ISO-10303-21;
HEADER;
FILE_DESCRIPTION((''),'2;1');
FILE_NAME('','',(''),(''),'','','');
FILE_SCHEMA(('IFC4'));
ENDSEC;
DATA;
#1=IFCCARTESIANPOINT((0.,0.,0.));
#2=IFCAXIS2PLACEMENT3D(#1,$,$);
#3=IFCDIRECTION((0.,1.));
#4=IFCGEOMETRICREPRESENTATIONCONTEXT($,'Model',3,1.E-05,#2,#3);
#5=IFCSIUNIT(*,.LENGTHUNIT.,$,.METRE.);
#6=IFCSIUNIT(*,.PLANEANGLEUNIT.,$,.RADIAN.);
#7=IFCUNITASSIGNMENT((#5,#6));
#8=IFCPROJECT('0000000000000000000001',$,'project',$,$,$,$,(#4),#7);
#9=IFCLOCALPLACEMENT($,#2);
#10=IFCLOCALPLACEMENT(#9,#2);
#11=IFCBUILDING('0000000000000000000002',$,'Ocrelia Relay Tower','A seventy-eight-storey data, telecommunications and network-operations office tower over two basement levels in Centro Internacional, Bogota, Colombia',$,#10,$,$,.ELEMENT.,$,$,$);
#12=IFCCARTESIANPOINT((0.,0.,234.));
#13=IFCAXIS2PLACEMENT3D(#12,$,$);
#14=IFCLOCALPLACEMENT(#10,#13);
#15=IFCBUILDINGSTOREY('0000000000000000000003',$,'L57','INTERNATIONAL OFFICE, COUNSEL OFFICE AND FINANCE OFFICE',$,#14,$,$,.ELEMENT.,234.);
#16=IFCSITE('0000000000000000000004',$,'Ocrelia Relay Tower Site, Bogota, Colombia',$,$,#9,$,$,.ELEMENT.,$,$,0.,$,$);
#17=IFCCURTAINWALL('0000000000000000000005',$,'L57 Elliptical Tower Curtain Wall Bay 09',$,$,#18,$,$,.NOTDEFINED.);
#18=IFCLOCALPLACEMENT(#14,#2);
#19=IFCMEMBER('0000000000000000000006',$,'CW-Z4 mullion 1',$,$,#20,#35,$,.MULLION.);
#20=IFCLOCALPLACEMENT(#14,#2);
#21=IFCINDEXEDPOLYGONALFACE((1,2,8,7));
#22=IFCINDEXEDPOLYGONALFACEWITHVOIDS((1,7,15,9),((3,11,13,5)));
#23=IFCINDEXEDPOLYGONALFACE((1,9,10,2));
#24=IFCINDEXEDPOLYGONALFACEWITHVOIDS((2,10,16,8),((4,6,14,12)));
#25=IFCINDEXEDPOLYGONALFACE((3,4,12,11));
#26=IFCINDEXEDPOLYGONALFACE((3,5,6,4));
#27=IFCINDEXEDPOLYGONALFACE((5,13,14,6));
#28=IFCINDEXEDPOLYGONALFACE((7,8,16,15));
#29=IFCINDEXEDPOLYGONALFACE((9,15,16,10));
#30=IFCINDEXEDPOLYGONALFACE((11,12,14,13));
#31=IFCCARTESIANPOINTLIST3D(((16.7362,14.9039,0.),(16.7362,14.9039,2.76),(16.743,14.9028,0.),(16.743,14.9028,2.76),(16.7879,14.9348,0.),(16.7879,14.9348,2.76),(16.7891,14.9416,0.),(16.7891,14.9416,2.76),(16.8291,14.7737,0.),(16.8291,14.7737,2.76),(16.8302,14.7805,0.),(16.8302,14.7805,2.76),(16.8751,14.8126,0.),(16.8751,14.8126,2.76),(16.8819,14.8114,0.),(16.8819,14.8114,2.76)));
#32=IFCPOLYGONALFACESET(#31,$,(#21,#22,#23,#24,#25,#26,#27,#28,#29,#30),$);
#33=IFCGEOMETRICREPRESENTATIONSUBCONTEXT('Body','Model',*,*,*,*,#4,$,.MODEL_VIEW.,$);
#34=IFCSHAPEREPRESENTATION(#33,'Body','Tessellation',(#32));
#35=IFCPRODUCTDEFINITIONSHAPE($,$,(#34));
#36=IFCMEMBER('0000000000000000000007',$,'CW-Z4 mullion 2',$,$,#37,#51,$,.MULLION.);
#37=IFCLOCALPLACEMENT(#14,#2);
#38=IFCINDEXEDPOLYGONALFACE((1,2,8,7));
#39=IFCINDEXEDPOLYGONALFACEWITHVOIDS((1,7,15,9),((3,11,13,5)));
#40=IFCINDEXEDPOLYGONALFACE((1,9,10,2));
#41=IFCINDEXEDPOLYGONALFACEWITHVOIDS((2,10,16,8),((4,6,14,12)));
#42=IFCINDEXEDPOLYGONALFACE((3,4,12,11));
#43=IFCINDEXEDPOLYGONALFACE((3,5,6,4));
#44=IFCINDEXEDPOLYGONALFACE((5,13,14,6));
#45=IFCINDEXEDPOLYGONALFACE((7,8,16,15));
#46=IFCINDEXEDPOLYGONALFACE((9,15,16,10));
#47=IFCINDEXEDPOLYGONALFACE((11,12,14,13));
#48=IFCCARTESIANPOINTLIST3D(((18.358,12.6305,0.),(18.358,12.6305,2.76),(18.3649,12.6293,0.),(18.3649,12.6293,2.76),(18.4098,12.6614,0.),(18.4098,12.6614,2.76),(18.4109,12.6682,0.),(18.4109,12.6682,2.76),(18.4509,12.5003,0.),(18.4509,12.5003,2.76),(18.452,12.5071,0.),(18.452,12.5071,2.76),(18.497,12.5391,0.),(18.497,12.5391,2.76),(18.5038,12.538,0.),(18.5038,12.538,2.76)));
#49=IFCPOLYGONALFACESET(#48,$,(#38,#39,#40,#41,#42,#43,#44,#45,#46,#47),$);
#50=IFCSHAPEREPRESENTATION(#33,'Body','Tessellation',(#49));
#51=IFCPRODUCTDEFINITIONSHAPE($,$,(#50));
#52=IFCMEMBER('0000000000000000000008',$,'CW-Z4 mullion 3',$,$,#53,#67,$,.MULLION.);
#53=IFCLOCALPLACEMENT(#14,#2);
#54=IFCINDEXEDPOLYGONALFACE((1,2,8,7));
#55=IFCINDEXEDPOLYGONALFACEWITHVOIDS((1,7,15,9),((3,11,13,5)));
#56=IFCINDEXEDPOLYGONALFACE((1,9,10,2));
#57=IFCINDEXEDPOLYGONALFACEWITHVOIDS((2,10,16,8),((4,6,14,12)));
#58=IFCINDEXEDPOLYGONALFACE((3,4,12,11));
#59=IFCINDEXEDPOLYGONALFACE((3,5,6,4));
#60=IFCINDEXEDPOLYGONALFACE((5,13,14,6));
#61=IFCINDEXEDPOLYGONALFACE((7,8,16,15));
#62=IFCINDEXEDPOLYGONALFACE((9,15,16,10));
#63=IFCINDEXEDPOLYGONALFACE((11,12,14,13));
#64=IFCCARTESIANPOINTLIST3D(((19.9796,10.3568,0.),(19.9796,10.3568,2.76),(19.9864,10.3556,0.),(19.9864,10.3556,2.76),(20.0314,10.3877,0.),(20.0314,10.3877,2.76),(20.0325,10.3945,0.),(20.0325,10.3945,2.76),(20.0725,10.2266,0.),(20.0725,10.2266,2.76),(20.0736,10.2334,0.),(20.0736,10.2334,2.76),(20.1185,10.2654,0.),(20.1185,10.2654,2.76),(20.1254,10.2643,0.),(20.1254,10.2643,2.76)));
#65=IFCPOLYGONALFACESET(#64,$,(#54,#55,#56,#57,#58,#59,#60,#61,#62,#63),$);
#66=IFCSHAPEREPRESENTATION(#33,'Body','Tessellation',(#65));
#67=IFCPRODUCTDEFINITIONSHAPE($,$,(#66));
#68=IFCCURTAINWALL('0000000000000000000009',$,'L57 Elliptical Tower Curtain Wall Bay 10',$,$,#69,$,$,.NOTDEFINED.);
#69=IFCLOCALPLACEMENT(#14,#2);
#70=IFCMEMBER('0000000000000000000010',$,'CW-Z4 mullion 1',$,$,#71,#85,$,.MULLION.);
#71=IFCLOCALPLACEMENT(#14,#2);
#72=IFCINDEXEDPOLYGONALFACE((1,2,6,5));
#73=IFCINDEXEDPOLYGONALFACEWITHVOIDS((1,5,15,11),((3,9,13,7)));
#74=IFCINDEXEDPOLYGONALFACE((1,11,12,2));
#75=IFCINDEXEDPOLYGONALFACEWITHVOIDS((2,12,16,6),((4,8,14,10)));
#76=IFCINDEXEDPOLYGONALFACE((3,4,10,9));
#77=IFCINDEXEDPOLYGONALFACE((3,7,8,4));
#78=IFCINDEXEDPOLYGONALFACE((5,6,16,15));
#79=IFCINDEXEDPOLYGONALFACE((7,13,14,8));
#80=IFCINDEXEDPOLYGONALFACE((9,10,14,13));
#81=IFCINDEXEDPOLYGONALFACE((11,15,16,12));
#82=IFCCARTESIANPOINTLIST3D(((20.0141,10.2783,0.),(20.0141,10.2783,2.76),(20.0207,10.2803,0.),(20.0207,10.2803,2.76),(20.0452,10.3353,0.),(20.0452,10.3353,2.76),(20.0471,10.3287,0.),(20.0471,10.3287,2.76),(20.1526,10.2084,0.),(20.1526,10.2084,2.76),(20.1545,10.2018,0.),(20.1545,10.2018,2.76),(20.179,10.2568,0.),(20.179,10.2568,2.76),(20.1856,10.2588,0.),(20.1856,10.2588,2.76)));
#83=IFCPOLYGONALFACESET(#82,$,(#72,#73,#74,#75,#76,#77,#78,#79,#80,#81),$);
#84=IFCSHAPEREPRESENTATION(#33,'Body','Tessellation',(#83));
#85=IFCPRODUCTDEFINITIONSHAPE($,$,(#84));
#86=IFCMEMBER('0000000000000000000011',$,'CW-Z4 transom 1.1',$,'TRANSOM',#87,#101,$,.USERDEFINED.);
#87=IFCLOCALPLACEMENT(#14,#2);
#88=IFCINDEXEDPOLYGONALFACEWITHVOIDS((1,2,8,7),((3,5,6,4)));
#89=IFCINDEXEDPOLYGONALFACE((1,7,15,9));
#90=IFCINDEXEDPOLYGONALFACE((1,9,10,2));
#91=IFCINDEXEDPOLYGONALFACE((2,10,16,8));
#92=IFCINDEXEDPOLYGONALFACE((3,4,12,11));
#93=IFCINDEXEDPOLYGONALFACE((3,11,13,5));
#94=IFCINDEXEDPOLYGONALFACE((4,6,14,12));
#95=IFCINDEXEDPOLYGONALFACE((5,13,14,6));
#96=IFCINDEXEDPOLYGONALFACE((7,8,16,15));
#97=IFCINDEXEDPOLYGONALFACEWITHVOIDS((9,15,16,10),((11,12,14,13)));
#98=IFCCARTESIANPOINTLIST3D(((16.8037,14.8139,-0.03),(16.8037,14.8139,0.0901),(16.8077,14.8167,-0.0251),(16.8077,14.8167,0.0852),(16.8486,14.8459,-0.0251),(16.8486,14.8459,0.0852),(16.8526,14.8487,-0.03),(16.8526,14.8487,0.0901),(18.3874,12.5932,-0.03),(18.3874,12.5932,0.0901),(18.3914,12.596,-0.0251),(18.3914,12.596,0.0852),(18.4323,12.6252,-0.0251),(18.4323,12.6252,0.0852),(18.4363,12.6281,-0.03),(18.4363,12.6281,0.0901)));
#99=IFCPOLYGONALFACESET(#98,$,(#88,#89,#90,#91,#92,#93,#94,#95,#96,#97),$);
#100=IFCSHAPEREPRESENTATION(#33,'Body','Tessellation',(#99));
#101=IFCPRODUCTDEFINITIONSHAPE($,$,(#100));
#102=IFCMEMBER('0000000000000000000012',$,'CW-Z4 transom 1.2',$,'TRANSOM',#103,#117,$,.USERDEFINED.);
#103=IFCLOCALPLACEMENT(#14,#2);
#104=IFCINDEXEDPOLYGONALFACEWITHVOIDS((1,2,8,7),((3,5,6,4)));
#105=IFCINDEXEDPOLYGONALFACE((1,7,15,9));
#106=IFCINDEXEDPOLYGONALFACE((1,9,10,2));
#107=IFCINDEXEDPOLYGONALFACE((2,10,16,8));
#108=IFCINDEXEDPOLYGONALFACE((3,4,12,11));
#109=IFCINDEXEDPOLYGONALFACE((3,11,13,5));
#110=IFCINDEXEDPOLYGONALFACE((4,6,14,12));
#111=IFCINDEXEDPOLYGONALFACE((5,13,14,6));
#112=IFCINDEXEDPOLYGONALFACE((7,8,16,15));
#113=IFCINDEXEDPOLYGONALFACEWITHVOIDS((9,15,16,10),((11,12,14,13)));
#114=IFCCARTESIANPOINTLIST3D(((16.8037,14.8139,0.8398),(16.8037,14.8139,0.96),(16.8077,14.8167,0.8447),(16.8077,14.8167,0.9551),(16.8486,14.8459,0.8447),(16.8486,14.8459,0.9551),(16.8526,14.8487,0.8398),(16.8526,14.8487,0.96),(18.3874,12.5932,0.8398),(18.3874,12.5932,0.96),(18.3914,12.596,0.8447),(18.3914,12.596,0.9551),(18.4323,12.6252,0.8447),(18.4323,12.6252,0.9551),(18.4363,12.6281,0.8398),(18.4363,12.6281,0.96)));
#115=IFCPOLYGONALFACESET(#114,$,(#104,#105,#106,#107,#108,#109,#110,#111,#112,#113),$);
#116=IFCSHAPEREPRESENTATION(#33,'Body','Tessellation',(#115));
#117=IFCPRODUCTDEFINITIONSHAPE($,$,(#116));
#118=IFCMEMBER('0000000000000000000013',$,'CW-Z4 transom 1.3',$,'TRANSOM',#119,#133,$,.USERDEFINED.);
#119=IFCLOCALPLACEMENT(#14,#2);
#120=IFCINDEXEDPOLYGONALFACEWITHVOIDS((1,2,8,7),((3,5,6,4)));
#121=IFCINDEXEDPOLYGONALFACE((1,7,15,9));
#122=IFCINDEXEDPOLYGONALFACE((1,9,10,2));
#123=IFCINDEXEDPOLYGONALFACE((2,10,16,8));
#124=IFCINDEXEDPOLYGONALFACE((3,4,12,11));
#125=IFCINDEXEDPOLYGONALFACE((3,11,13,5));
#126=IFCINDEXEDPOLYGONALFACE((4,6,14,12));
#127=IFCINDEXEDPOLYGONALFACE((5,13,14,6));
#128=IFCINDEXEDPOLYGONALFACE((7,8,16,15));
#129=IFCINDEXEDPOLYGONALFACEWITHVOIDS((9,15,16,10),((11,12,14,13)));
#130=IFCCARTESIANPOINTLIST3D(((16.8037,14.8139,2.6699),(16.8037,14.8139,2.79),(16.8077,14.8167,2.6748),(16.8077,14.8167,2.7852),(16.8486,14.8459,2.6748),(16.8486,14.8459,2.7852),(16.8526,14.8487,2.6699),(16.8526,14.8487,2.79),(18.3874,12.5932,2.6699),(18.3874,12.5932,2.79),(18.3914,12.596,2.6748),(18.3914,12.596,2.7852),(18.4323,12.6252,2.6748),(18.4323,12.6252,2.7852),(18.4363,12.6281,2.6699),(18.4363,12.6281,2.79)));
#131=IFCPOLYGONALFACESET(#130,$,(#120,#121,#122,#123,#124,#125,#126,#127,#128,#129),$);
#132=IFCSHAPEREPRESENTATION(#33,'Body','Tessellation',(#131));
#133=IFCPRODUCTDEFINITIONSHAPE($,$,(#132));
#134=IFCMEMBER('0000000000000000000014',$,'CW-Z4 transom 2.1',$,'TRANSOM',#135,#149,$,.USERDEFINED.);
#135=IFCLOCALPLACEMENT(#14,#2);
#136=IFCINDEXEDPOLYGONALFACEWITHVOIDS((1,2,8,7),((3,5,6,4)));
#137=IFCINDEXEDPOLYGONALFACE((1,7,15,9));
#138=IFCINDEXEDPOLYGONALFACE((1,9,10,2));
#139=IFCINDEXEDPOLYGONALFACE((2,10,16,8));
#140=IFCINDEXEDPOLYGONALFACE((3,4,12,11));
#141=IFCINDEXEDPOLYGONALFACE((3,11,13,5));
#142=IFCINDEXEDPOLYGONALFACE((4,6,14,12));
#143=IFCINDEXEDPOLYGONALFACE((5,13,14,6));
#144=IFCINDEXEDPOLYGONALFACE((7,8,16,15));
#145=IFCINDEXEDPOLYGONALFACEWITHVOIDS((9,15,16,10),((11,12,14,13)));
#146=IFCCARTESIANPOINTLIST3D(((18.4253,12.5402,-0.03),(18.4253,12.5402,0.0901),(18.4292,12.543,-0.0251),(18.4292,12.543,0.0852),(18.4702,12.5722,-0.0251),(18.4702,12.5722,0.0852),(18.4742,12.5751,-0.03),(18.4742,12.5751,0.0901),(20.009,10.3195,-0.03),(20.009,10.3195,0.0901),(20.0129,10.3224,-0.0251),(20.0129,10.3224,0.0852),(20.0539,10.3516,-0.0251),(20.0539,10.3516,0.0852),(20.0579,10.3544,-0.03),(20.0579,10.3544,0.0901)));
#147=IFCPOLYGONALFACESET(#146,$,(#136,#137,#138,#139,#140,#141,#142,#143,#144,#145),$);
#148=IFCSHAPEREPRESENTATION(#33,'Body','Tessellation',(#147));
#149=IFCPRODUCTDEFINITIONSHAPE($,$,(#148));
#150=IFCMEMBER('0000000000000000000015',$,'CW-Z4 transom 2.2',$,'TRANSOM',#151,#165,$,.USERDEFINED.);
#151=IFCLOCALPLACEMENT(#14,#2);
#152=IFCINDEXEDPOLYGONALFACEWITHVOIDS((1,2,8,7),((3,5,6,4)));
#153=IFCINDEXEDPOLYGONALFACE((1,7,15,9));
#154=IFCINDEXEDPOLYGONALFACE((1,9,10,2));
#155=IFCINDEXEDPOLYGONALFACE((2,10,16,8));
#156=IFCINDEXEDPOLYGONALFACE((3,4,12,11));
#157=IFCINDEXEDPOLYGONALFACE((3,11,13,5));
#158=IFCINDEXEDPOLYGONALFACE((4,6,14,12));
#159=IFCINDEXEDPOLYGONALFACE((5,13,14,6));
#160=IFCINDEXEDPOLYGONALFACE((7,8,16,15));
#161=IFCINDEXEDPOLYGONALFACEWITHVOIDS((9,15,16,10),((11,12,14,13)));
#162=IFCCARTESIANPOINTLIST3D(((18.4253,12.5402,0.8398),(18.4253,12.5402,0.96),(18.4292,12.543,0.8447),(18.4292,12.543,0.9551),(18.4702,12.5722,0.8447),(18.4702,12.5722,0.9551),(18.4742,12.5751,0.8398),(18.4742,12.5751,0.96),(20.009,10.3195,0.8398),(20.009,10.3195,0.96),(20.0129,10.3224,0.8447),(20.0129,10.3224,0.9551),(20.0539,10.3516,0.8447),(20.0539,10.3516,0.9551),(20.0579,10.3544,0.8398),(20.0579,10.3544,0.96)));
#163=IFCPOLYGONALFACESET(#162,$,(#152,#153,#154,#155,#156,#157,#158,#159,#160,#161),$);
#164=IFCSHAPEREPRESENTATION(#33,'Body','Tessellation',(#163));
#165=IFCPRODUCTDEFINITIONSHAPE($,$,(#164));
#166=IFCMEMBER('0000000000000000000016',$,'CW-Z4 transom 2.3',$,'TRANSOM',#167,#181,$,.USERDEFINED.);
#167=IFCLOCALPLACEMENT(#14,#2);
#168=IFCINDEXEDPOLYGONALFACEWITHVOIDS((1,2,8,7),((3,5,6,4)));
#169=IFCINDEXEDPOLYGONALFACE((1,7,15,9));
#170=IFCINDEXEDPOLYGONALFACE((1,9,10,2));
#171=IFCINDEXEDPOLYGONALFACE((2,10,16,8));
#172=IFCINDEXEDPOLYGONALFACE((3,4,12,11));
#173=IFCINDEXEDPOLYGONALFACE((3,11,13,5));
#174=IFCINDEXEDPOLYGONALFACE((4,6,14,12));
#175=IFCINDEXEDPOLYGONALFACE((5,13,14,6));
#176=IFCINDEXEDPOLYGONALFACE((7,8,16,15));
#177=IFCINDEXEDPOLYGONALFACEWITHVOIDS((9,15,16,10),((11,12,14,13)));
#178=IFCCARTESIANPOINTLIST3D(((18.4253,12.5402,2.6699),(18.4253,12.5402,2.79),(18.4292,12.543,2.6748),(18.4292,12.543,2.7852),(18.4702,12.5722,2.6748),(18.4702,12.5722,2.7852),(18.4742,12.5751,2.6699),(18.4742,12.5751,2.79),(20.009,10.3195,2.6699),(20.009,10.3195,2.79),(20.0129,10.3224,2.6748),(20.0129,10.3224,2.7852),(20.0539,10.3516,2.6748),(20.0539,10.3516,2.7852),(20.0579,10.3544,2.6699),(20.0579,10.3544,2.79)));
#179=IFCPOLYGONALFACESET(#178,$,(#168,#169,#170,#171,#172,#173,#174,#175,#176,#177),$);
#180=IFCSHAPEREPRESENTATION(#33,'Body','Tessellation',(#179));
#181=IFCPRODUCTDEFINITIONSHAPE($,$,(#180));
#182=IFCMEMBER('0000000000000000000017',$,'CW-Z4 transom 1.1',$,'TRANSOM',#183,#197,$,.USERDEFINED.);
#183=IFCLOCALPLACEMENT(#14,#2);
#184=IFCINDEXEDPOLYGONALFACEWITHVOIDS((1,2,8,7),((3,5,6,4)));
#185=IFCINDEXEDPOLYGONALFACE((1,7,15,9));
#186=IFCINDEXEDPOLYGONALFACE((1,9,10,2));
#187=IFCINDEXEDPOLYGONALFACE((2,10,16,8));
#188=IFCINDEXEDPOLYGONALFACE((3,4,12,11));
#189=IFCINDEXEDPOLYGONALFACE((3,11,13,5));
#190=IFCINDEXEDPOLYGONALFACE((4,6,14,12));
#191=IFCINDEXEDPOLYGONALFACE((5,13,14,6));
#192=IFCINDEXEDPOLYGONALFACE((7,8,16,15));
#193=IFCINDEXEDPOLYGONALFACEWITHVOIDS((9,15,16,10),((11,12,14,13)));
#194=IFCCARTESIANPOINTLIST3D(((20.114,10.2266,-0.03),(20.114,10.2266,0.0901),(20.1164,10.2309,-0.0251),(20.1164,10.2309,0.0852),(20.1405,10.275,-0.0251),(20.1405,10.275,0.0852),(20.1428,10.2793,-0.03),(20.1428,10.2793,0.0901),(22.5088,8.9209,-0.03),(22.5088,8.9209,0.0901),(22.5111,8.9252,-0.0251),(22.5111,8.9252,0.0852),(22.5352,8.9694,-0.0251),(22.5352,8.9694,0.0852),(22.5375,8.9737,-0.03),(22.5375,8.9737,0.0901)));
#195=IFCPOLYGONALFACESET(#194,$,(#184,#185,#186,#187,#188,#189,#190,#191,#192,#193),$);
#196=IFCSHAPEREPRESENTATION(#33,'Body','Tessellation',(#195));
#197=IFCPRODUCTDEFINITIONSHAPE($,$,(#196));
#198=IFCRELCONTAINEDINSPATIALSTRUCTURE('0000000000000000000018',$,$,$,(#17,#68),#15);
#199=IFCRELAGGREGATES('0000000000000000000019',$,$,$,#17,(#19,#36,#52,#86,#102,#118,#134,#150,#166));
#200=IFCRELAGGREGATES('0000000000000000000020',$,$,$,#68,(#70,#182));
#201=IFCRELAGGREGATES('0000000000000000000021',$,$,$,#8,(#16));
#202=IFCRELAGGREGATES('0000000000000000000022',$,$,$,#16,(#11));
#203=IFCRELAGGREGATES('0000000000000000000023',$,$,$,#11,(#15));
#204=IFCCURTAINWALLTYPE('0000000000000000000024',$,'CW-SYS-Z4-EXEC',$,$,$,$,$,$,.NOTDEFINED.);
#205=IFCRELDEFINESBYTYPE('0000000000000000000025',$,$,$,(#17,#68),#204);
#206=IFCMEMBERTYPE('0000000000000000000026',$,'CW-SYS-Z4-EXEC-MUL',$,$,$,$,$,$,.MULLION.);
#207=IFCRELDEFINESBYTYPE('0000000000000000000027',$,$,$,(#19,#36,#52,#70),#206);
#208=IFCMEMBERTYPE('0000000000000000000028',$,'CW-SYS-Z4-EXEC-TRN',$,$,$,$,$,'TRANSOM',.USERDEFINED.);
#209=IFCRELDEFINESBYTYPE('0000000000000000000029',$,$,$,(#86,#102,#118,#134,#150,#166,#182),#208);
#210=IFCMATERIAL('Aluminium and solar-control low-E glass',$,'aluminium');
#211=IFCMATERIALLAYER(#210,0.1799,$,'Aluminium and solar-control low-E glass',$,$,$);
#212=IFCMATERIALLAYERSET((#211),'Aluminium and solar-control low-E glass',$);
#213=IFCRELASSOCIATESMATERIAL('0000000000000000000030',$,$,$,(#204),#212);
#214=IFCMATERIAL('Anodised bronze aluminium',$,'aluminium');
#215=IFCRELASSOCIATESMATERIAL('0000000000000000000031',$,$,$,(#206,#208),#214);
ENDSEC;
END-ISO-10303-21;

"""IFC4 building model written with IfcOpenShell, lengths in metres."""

from ifc_helpers import new_model, si_unit, direction, frame, origin, origin_2d, place, context, subcontext, project, spatial, hollow_rectangle, extrude, material, layer, layer_set, material_profile, profile_set, type_object, element, aggregate, save


model = new_model("IFC4")

# Units and contexts
model_context = context("Model", 3, precision=1e-05, world=origin(), true_north=direction((0.0, 1.0)))
body_context = subcontext(model_context, "Body", "Model", "MODEL_VIEW")
ifc_project = project(units=[si_unit("LENGTHUNIT", "METRE"), si_unit("PLANEANGLEUNIT", "RADIAN")], contexts=[model_context])

# Site, building, storey
site_placement = place(None, origin())
site = spatial("IfcSite", under=ifc_project, at=site_placement, Name="Ocrelia Relay Tower Site, Bogota, Colombia", CompositionType="ELEMENT", RefElevation=0.0)
building_placement = place(site_placement, origin())
building = spatial("IfcBuilding", under=site, at=building_placement, Name="Ocrelia Relay Tower", Description="A seventy-eight-storey data, telecommunications and network-operations office tower over two basement levels in Centro Internacional, Bogota, Colombia", CompositionType="ELEMENT")
storey_placement = place(building_placement, frame((0.0, 0.0, 234.0)))
storey = spatial("IfcBuildingStorey", under=building, at=storey_placement, Name="L57", Description="INTERNATIONAL OFFICE, COUNSEL OFFICE AND FINANCE OFFICE", CompositionType="ELEMENT", Elevation=234.0)

# Curtain wall, members
ifc_material_1 = material(Name="Aluminium and solar-control low-E glass", Category="aluminium")
ifc_layer_1 = layer(ifc_material_1, 0.1799, Name="Aluminium and solar-control low-E glass")
ifc_layer_set_1 = layer_set([ifc_layer_1], Name="Aluminium and solar-control low-E glass")
curtain_wall_type = type_object("IfcCurtainWallType", Name="CW-SYS-Z4-EXEC", PredefinedType="NOTDEFINED", material=ifc_layer_set_1)
curtain_wall_1_placement = place(storey_placement, origin())
curtain_wall_1 = element("IfcCurtainWall", 1, at=curtain_wall_1_placement, inside=storey, type_object=curtain_wall_type, Name="L57 Elliptical Tower Curtain Wall Bay 09", PredefinedType="NOTDEFINED")
ifc_material_2 = material(Name="Anodised bronze aluminium", Category="aluminium")
ifc_material_profile_1 = material_profile(ifc_material_2, hollow_rectangle(XDim=0.0649, YDim=0.1599, WallThickness=0.0049, at=origin_2d()), Name="CW-MUL-160x65")
ifc_profile_set_1 = profile_set([ifc_material_profile_1], Name="Anodised bronze aluminium")
member_type_1 = type_object("IfcMemberType", Name="CW-SYS-Z4-EXEC-MUL", PredefinedType="MULLION", material=ifc_profile_set_1)
member_1_placement = place(storey_placement, frame((16.8091, 14.8577, 0.0), z_axis=(0.0, 0.0, 1.0), x_axis=(0.814134, 0.580677, 0.0)))
member_1 = element("IfcMember", 2, at=member_1_placement, type_object=member_type_1, Name="CW-Z4 mullion 1", PredefinedType="MULLION", context=body_context, shape_type="SweptSolid", body=[
    extrude(hollow_rectangle(XDim=0.0649, YDim=0.1599, WallThickness=0.0049, at=origin_2d()), origin(), (0.0, 0.0, 1.0), 2.76),
])
member_2_placement = place(storey_placement, frame((18.4309, 12.5842, 0.0), z_axis=(0.0, 0.0, 1.0), x_axis=(0.814134, 0.580677, 0.0)))
member_2 = element("IfcMember", 3, at=member_2_placement, type_object=member_type_1, Name="CW-Z4 mullion 2", PredefinedType="MULLION", context=body_context, shape_type="SweptSolid", body=[
    extrude(hollow_rectangle(XDim=0.0649, YDim=0.1599, WallThickness=0.0049, at=origin_2d()), origin(), (0.0, 0.0, 1.0), 2.76),
])
member_3_placement = place(storey_placement, frame((20.0525, 10.3105, 0.0), z_axis=(0.0, 0.0, 1.0), x_axis=(0.814134, 0.580677, 0.0)))
member_3 = element("IfcMember", 4, at=member_3_placement, type_object=member_type_1, Name="CW-Z4 mullion 3", PredefinedType="MULLION", context=body_context, shape_type="SweptSolid", body=[
    extrude(hollow_rectangle(XDim=0.0649, YDim=0.1599, WallThickness=0.0049, at=origin_2d()), origin(), (0.0, 0.0, 1.0), 2.76),
])

# Curtain wall, member
curtain_wall_2_placement = place(storey_placement, origin())
curtain_wall_2 = element("IfcCurtainWall", 5, at=curtain_wall_2_placement, inside=storey, type_object=curtain_wall_type, Name="L57 Elliptical Tower Curtain Wall Bay 10", PredefinedType="NOTDEFINED")
member_4_placement = place(storey_placement, frame((20.0999, 10.2686, 0.0), z_axis=(0.0, 0.0, 1.0), x_axis=(0.478669, 0.877996, 0.0)))
member_4 = element("IfcMember", 6, at=member_4_placement, type_object=member_type_1, Name="CW-Z4 mullion 1", PredefinedType="MULLION", context=body_context, shape_type="SweptSolid", body=[
    extrude(hollow_rectangle(XDim=0.0649, YDim=0.1599, WallThickness=0.0049, at=origin_2d()), origin(), (0.0, 0.0, 1.0), 2.76),
])

# Members
ifc_material_profile_2 = material_profile(ifc_material_2, hollow_rectangle(XDim=0.0601, YDim=0.1201, WallThickness=0.0049, at=origin_2d()), Name="CW-TRN-120x60")
ifc_profile_set_2 = profile_set([ifc_material_profile_2], Name="Anodised bronze aluminium")
member_type_2 = type_object("IfcMemberType", Name="CW-SYS-Z4-EXEC-TRN", ElementType="TRANSOM", PredefinedType="USERDEFINED", material=ifc_profile_set_2)
member_5_placement = place(storey_placement, frame((16.8281, 14.8313, 0.03), z_axis=(0.580637, -0.814163, 0.0), x_axis=(0.814163, 0.580637, 0.0)))
member_5 = element("IfcMember", 7, at=member_5_placement, type_object=member_type_2, Name="CW-Z4 transom 1.1", ObjectType="TRANSOM", PredefinedType="USERDEFINED", context=body_context, shape_type="SweptSolid", body=[
    extrude(hollow_rectangle(XDim=0.0601, YDim=0.1201, WallThickness=0.0049, at=origin_2d()), origin(), (0.0, 0.0, 1.0), 2.7275),
])
member_6_placement = place(storey_placement, frame((16.8281, 14.8313, 0.8999), z_axis=(0.580637, -0.814163, 0.0), x_axis=(0.814163, 0.580637, 0.0)))
member_6 = element("IfcMember", 8, at=member_6_placement, type_object=member_type_2, Name="CW-Z4 transom 1.2", ObjectType="TRANSOM", PredefinedType="USERDEFINED", context=body_context, shape_type="SweptSolid", body=[
    extrude(hollow_rectangle(XDim=0.0601, YDim=0.1201, WallThickness=0.0049, at=origin_2d()), origin(), (0.0, 0.0, 1.0), 2.7275),
])
member_7_placement = place(storey_placement, frame((16.8281, 14.8313, 2.73), z_axis=(0.580637, -0.814163, 0.0), x_axis=(0.814163, 0.580637, 0.0)))
member_7 = element("IfcMember", 9, at=member_7_placement, type_object=member_type_2, Name="CW-Z4 transom 1.3", ObjectType="TRANSOM", PredefinedType="USERDEFINED", context=body_context, shape_type="SweptSolid", body=[
    extrude(hollow_rectangle(XDim=0.0601, YDim=0.1201, WallThickness=0.0049, at=origin_2d()), origin(), (0.0, 0.0, 1.0), 2.7275),
])
member_8_placement = place(storey_placement, frame((18.4497, 12.5576, 0.03), z_axis=(0.580637, -0.814163, 0.0), x_axis=(0.814163, 0.580637, 0.0)))
member_8 = element("IfcMember", 10, at=member_8_placement, type_object=member_type_2, Name="CW-Z4 transom 2.1", ObjectType="TRANSOM", PredefinedType="USERDEFINED", context=body_context, shape_type="SweptSolid", body=[
    extrude(hollow_rectangle(XDim=0.0601, YDim=0.1201, WallThickness=0.0049, at=origin_2d()), origin(), (0.0, 0.0, 1.0), 2.7275),
])
member_9_placement = place(storey_placement, frame((18.4497, 12.5576, 0.8999), z_axis=(0.580637, -0.814163, 0.0), x_axis=(0.814163, 0.580637, 0.0)))
member_9 = element("IfcMember", 11, at=member_9_placement, type_object=member_type_2, Name="CW-Z4 transom 2.2", ObjectType="TRANSOM", PredefinedType="USERDEFINED", context=body_context, shape_type="SweptSolid", body=[
    extrude(hollow_rectangle(XDim=0.0601, YDim=0.1201, WallThickness=0.0049, at=origin_2d()), origin(), (0.0, 0.0, 1.0), 2.7275),
])
member_10_placement = place(storey_placement, frame((18.4497, 12.5576, 2.73), z_axis=(0.580637, -0.814163, 0.0), x_axis=(0.814163, 0.580637, 0.0)))
member_10 = element("IfcMember", 12, at=member_10_placement, type_object=member_type_2, Name="CW-Z4 transom 2.3", ObjectType="TRANSOM", PredefinedType="USERDEFINED", context=body_context, shape_type="SweptSolid", body=[
    extrude(hollow_rectangle(XDim=0.0601, YDim=0.1201, WallThickness=0.0049, at=origin_2d()), origin(), (0.0, 0.0, 1.0), 2.7275),
])
member_11_placement = place(storey_placement, frame((20.1284, 10.2529, 0.03), z_axis=(0.877984, -0.478689, 0.0), x_axis=(0.478689, 0.877984, 0.0)))
member_11 = element("IfcMember", 13, at=member_11_placement, type_object=member_type_2, Name="CW-Z4 transom 1.1", ObjectType="TRANSOM", PredefinedType="USERDEFINED", context=body_context, shape_type="SweptSolid", body=[
    extrude(hollow_rectangle(XDim=0.0601, YDim=0.1201, WallThickness=0.0049, at=origin_2d()), origin(), (0.0, 0.0, 1.0), 2.7275),
])

aggregate(curtain_wall_1, [member_1, member_2, member_3, member_5, member_6, member_7, member_8, member_9, member_10])
aggregate(curtain_wall_2, [member_4, member_11])

save(model, "model.ifc")
